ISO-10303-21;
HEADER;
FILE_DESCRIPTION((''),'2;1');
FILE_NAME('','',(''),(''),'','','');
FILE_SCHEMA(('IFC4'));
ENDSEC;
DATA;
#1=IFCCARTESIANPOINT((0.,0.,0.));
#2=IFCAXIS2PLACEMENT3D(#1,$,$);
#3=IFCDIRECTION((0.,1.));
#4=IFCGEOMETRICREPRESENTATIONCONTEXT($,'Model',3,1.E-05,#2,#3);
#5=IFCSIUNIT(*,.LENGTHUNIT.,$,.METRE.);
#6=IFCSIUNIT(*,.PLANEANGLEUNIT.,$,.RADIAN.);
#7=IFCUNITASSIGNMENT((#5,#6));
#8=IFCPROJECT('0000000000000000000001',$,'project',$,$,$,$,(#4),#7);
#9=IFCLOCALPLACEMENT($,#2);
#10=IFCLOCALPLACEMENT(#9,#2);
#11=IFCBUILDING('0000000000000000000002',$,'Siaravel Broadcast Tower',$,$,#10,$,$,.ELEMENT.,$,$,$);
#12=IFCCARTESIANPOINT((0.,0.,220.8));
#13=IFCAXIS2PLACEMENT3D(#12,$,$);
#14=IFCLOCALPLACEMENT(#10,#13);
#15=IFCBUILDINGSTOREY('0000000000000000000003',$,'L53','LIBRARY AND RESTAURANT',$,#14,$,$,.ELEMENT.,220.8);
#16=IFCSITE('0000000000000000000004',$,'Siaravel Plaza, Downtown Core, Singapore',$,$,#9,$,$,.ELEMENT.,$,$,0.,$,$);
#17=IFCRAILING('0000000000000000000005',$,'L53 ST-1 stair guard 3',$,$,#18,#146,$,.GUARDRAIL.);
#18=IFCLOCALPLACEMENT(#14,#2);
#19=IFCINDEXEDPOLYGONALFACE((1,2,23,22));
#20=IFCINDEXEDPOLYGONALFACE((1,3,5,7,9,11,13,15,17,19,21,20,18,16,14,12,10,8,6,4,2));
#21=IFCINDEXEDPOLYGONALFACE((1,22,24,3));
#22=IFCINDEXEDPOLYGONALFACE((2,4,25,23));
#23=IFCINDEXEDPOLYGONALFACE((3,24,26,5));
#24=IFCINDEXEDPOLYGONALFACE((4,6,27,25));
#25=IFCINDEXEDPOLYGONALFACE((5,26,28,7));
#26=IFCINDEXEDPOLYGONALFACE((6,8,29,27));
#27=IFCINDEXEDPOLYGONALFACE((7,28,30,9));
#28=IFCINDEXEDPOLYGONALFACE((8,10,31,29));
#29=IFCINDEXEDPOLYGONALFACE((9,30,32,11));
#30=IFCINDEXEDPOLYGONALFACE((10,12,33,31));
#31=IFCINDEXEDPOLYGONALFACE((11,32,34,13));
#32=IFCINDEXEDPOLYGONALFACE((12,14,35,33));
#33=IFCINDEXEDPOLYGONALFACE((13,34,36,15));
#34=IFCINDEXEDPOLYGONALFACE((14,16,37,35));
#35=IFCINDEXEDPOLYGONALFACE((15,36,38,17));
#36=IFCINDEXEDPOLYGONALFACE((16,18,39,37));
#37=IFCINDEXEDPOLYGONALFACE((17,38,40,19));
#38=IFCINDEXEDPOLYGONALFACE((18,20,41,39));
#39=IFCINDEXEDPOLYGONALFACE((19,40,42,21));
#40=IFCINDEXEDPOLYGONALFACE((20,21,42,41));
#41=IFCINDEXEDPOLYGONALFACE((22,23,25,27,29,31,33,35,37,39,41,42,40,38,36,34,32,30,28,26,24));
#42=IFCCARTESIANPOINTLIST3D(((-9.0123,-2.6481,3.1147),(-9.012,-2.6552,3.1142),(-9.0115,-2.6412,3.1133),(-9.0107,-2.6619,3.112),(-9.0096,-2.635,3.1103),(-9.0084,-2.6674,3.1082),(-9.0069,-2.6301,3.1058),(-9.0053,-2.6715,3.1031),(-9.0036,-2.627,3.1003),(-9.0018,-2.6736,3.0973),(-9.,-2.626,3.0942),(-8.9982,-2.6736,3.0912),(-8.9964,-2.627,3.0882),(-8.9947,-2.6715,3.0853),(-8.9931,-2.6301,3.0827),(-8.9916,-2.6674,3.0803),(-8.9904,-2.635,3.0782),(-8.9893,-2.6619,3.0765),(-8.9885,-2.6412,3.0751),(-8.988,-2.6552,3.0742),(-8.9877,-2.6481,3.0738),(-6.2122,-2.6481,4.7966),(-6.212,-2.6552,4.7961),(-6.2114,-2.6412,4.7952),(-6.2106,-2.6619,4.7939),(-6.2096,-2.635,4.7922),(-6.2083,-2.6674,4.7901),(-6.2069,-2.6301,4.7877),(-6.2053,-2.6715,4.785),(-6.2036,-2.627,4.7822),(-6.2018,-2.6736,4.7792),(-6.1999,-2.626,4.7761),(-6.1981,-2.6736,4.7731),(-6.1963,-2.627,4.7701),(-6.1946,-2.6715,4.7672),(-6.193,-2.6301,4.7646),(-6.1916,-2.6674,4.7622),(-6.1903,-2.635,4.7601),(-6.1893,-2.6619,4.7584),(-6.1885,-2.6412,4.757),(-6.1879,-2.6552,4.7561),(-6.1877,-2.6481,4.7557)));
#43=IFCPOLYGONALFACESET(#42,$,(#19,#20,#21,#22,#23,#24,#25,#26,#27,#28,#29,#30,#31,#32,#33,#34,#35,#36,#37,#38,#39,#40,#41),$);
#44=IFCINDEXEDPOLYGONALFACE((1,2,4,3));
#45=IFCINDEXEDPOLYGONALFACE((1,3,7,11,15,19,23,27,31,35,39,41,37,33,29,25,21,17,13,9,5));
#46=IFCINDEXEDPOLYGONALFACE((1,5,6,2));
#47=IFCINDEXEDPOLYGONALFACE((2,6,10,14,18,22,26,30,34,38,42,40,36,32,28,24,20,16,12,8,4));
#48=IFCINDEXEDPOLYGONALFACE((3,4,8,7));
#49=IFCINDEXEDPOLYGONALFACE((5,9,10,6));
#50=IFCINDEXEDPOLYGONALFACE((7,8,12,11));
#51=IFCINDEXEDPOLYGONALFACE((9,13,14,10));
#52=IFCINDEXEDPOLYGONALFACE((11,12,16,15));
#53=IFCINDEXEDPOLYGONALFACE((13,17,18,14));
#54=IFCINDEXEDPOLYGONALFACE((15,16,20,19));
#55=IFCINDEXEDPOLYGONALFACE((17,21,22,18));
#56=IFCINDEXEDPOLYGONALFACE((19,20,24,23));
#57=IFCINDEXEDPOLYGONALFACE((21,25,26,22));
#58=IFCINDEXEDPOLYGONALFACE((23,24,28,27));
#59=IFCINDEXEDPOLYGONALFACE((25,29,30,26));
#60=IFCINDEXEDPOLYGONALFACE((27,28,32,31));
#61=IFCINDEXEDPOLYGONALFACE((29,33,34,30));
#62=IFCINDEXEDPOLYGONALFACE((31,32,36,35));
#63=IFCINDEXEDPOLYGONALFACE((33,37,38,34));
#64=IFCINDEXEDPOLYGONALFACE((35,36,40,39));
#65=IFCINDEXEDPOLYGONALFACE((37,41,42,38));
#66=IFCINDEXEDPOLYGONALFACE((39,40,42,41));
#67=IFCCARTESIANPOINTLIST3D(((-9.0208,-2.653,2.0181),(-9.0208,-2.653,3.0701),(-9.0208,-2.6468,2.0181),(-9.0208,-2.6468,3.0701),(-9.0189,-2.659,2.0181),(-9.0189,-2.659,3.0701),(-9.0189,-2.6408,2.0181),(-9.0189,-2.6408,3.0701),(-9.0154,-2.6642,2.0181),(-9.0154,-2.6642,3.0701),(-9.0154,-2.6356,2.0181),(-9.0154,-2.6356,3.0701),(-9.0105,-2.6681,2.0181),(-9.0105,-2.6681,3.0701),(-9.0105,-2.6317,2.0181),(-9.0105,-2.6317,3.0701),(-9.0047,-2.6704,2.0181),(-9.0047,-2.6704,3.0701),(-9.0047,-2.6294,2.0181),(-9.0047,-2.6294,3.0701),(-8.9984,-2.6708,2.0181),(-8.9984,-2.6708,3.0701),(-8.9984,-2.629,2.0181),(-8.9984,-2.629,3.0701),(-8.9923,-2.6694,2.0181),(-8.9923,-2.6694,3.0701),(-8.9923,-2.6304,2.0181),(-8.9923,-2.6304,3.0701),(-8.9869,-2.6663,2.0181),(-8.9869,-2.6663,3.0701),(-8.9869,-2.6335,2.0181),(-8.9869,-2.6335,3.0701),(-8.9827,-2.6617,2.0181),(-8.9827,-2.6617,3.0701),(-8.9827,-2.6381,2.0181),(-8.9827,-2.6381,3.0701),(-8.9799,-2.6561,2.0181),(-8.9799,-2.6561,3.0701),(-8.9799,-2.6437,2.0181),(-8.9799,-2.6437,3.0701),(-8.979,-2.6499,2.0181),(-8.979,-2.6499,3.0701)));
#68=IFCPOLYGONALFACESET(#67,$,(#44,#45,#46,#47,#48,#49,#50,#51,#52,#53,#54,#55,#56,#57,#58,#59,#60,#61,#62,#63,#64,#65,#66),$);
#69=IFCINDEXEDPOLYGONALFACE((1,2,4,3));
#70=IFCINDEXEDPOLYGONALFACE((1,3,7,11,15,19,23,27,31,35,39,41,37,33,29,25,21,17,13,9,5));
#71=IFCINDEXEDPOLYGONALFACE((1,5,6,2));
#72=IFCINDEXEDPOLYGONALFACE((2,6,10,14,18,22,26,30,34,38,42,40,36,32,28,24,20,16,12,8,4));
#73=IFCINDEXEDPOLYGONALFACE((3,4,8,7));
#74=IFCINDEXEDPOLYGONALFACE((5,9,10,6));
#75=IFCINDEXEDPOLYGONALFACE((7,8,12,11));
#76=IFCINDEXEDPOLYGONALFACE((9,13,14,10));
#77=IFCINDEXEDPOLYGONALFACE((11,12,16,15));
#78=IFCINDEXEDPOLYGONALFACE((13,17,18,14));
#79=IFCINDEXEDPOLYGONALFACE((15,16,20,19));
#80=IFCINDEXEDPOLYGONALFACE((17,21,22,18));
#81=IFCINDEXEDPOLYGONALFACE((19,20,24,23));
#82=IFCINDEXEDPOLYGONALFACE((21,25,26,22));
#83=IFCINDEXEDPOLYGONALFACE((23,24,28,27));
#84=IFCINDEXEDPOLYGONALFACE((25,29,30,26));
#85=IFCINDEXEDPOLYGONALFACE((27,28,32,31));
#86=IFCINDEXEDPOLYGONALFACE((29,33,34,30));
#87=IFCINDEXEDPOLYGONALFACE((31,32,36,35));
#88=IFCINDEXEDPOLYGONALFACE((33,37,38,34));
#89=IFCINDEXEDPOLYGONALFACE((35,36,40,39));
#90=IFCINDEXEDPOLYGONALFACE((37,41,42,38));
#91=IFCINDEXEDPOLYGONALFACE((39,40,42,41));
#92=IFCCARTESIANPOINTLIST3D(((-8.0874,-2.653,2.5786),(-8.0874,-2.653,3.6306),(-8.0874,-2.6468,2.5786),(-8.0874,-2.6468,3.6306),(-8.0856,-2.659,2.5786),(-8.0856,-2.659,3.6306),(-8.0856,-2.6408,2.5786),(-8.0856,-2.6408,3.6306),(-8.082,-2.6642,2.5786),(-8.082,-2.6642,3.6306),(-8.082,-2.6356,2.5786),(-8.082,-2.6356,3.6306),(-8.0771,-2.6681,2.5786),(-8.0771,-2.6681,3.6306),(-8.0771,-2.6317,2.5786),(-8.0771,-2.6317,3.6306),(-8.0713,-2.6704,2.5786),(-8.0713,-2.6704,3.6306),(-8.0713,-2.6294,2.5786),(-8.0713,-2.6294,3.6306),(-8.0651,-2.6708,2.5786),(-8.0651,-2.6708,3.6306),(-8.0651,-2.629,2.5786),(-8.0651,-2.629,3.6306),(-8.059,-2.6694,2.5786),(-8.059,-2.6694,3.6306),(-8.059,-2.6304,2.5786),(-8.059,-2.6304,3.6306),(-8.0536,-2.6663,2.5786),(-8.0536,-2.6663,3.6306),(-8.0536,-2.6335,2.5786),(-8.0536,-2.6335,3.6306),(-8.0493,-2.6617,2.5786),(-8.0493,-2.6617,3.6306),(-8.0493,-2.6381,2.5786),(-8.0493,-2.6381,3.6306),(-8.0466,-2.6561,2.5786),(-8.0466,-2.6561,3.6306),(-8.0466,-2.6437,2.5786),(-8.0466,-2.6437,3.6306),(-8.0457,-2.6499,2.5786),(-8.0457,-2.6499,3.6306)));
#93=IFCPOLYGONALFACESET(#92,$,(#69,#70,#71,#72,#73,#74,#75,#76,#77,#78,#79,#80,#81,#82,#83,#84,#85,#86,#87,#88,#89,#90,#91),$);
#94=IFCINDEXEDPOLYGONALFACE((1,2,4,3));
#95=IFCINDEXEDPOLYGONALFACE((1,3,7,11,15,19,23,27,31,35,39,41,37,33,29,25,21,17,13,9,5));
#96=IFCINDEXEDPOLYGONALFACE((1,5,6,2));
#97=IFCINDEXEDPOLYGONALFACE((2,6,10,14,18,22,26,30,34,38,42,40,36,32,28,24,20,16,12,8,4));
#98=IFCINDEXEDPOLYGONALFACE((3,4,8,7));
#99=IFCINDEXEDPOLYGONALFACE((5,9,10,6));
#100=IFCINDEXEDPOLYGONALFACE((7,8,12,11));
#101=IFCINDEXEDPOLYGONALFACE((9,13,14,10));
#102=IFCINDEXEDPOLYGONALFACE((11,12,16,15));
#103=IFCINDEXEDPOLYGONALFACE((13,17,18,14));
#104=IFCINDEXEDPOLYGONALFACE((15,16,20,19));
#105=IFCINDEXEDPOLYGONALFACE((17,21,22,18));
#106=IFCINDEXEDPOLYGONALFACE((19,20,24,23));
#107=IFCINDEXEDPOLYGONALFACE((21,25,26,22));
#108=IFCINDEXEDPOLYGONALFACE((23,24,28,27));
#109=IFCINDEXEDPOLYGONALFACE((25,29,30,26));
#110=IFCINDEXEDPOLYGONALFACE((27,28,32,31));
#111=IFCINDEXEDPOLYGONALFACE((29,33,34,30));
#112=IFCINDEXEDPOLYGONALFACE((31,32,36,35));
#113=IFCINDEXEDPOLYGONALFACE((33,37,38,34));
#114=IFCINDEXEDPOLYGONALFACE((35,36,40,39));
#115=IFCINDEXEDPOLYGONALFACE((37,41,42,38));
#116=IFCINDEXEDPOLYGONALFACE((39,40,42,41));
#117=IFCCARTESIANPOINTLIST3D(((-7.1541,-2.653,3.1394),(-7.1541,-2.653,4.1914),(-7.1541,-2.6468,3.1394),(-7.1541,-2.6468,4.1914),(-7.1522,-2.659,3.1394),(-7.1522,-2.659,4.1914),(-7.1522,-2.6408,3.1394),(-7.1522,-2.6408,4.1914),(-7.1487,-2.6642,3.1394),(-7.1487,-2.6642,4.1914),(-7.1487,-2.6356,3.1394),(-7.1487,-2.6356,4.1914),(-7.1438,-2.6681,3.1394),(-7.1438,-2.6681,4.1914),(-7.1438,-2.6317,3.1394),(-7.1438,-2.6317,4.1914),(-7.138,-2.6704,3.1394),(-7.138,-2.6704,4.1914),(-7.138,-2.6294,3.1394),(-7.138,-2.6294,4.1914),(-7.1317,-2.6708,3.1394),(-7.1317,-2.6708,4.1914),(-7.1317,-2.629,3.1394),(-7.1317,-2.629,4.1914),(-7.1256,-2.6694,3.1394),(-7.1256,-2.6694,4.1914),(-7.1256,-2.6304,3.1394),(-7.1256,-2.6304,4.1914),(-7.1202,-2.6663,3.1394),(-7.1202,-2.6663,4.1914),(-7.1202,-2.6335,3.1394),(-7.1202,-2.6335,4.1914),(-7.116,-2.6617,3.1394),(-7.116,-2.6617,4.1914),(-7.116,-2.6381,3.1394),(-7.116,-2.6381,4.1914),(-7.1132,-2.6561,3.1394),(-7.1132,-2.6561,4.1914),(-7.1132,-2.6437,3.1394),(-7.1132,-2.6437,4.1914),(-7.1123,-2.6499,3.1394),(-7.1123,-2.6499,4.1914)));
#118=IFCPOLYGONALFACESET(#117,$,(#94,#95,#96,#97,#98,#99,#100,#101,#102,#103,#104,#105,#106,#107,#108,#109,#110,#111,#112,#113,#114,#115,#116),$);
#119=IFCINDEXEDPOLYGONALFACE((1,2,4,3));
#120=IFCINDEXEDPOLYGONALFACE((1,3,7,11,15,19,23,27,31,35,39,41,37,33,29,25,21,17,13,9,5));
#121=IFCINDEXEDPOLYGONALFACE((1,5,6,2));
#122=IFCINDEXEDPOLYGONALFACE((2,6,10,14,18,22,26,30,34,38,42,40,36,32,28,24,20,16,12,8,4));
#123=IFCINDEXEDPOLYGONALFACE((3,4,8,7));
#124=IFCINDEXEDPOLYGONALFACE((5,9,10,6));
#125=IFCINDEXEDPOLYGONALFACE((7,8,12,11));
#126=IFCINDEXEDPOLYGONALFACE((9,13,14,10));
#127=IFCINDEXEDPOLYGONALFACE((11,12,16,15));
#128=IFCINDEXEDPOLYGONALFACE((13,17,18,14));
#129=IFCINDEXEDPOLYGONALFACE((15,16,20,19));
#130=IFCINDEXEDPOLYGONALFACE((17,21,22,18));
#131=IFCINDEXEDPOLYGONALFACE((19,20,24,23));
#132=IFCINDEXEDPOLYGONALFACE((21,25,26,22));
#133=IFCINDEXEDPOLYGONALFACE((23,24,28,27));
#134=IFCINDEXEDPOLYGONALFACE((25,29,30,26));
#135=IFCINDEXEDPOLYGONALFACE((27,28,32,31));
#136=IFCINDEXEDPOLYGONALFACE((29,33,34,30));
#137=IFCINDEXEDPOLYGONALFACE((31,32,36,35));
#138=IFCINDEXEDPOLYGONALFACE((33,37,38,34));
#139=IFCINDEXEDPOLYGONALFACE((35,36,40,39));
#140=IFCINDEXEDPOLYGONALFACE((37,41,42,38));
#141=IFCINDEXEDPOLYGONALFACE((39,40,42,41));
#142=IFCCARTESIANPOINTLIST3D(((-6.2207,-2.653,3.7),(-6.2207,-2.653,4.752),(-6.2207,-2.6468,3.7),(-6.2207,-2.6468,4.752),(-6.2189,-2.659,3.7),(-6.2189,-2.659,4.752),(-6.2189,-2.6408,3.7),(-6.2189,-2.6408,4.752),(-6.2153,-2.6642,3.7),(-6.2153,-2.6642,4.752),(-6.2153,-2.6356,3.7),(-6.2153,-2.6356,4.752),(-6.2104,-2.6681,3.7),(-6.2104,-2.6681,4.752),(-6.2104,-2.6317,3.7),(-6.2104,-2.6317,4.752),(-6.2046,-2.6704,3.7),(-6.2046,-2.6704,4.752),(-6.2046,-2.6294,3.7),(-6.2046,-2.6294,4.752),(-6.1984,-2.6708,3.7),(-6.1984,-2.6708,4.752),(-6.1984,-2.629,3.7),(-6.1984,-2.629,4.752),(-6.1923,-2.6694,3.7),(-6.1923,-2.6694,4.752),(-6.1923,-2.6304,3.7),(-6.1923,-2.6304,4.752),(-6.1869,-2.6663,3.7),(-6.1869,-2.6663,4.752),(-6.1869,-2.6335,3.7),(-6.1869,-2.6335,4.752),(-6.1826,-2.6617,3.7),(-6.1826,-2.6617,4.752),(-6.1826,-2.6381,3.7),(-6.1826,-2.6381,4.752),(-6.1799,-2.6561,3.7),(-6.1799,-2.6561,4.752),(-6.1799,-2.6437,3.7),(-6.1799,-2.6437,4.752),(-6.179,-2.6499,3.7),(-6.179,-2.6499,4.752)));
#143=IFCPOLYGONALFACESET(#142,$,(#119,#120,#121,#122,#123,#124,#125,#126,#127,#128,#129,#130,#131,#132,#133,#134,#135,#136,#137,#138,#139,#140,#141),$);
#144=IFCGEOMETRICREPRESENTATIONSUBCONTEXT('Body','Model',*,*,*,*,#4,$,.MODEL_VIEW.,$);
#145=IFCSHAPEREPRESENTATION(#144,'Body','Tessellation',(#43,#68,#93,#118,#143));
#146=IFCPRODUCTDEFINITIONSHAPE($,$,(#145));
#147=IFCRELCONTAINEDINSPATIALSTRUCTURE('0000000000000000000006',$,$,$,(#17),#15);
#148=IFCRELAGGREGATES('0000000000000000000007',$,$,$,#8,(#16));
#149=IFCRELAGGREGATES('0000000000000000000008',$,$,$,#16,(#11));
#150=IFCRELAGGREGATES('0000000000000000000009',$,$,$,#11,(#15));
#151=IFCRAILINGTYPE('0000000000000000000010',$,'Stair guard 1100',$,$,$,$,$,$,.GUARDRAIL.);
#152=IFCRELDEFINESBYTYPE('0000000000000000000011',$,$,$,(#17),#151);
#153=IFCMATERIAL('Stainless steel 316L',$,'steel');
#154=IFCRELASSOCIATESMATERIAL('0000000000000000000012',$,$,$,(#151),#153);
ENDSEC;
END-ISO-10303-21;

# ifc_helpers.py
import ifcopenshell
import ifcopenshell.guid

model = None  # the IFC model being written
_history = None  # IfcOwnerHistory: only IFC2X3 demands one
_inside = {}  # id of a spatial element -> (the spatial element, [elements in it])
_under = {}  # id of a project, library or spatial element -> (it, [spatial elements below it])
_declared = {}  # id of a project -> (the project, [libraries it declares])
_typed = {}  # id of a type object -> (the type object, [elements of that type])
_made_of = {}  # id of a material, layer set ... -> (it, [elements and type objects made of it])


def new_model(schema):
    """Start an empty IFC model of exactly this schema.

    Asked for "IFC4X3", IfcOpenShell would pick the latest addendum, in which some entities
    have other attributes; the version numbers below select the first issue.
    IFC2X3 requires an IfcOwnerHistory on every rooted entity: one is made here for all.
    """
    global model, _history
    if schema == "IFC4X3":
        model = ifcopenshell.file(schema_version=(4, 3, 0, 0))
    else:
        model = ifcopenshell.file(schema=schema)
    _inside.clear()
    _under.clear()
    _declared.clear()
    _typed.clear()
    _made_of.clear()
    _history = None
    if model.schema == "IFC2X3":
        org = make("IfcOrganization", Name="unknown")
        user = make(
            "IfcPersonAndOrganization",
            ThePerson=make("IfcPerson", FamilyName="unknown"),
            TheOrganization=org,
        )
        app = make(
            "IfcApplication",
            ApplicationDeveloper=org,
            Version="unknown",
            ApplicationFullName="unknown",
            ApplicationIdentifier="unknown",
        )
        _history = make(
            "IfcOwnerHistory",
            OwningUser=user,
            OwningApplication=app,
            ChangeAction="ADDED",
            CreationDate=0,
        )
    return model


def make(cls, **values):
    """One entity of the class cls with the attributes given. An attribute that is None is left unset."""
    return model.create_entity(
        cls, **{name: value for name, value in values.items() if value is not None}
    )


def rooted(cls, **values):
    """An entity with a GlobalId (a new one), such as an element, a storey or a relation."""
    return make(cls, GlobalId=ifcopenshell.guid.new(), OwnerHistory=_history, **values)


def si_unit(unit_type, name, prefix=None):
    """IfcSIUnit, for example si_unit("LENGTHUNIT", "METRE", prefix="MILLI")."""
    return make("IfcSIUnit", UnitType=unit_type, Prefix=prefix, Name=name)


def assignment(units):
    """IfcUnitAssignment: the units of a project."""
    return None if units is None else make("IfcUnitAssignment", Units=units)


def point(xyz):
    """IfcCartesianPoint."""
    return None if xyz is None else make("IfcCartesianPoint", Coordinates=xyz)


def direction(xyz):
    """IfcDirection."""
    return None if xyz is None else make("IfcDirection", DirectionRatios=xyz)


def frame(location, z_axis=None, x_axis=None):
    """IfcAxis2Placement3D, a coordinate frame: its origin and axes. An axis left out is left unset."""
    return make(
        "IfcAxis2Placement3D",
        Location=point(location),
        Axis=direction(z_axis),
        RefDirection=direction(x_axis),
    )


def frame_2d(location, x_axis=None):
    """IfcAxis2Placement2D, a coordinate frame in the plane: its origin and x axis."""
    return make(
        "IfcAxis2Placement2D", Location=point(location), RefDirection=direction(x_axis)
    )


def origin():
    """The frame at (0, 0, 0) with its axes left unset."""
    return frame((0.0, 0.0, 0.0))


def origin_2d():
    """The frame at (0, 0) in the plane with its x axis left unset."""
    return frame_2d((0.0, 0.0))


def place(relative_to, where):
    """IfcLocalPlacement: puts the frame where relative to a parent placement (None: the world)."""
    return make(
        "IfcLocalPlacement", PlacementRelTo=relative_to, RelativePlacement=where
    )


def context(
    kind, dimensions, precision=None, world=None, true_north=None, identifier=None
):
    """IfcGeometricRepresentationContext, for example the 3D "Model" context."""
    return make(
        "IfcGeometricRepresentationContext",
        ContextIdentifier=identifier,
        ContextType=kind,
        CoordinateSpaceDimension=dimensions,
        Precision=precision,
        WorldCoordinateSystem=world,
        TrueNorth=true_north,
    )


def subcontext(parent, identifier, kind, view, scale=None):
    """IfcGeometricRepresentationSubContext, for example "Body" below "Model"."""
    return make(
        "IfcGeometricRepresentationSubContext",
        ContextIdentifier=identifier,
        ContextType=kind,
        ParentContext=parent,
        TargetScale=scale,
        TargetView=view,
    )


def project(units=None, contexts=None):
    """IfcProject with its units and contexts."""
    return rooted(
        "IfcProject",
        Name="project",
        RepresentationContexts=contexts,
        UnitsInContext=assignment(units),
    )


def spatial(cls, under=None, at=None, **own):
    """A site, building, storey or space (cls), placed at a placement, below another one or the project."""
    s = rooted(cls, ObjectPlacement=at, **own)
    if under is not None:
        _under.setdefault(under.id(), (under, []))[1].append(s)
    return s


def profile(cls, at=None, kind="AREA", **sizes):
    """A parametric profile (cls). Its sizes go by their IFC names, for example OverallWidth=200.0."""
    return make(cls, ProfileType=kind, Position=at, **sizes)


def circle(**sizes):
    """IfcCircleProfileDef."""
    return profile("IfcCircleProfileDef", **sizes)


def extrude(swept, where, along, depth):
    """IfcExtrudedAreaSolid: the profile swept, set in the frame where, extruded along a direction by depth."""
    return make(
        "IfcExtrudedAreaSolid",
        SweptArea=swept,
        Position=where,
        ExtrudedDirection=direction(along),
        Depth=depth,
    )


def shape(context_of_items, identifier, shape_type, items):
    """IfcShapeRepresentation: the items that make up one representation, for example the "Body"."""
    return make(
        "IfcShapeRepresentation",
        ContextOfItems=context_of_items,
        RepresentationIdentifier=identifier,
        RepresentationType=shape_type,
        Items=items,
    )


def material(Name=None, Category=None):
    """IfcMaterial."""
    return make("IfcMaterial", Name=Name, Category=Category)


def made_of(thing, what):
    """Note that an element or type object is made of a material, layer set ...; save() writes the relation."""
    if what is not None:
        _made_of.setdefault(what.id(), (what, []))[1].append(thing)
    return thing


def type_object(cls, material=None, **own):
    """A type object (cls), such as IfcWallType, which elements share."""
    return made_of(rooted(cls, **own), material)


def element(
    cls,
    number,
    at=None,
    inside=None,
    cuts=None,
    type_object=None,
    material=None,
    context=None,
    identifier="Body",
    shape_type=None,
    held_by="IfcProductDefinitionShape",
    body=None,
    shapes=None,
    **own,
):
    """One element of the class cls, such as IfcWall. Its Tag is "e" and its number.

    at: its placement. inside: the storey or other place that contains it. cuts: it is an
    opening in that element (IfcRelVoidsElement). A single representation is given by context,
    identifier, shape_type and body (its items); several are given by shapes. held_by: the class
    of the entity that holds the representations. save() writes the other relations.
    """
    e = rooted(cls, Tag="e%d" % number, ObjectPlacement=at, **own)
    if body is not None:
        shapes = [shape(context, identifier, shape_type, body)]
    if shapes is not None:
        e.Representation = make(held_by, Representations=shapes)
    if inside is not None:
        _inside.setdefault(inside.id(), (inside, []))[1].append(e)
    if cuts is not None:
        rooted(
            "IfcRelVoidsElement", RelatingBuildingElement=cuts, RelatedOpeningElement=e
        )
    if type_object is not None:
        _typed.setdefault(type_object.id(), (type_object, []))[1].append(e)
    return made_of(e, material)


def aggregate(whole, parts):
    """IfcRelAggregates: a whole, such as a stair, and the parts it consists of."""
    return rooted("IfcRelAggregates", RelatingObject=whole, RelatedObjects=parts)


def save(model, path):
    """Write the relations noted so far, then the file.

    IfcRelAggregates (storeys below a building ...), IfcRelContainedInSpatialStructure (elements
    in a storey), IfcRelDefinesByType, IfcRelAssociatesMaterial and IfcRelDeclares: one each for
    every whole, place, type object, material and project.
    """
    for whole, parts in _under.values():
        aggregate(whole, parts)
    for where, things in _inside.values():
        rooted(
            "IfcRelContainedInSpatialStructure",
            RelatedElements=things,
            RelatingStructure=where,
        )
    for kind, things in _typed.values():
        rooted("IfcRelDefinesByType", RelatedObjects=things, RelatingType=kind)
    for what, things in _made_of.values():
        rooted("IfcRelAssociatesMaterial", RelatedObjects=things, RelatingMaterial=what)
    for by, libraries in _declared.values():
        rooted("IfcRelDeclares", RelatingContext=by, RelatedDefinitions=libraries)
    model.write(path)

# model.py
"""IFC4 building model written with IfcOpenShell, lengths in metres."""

from ifc_helpers import new_model, si_unit, direction, frame, origin, origin_2d, place, context, subcontext, project, spatial, circle, extrude, material, type_object, element, save


model = new_model("IFC4")

# Units and contexts
model_context = context("Model", 3, precision=1e-05, world=origin(), true_north=direction((0.0, 1.0)))
body_context = subcontext(model_context, "Body", "Model", "MODEL_VIEW")
ifc_project = project(units=[si_unit("LENGTHUNIT", "METRE"), si_unit("PLANEANGLEUNIT", "RADIAN")], contexts=[model_context])

# Site, building, storey
site_placement = place(None, origin())
site = spatial("IfcSite", under=ifc_project, at=site_placement, Name="Siaravel Plaza, Downtown Core, Singapore", CompositionType="ELEMENT", RefElevation=0.0)
building_placement = place(site_placement, origin())
building = spatial("IfcBuilding", under=site, at=building_placement, Name="Siaravel Broadcast Tower", CompositionType="ELEMENT")
storey_placement = place(building_placement, frame((0.0, 0.0, 220.8)))
storey = spatial("IfcBuildingStorey", under=building, at=storey_placement, Name="L53", Description="LIBRARY AND RESTAURANT", CompositionType="ELEMENT", Elevation=220.8)

# Shared definitions
ifc_material_1 = material(Name="Stainless steel 316L", Category="steel")

# Railing
railing_type_1 = type_object("IfcRailingType", Name="Stair guard 1100", PredefinedType="GUARDRAIL", material=ifc_material_1)
railing_1_placement = place(storey_placement, frame((-9.0, -2.6499, 2.0181)))
element("IfcRailing", 1, at=railing_1_placement, inside=storey, type_object=railing_type_1, Name="L53 ST-1 stair guard 3", PredefinedType="GUARDRAIL", context=body_context, shape_type="SweptSolid", body=[
    extrude(circle(Radius=0.0239, at=origin_2d()), frame((0.0, 0.0, 1.0762), z_axis=(0.857242, 0.0, 0.514913), x_axis=(0.0, 1.0, 0.0)), (0.0, 0.0, 1.0), 3.2664),
    extrude(circle(Radius=0.021, at=origin_2d()), origin(), (0.0, 0.0, 1.0), 1.052),
    extrude(circle(Radius=0.021, at=origin_2d()), frame((0.9333, 0.0, 0.5605)), (0.0, 0.0, 1.0), 1.052),
    extrude(circle(Radius=0.021, at=origin_2d()), frame((1.8667, 0.0, 1.1213)), (0.0, 0.0, 1.0), 1.052),
    extrude(circle(Radius=0.021, at=origin_2d()), frame((2.8, 0.0, 1.6819)), (0.0, 0.0, 1.0), 1.052),
])

save(model, "model.ifc")
